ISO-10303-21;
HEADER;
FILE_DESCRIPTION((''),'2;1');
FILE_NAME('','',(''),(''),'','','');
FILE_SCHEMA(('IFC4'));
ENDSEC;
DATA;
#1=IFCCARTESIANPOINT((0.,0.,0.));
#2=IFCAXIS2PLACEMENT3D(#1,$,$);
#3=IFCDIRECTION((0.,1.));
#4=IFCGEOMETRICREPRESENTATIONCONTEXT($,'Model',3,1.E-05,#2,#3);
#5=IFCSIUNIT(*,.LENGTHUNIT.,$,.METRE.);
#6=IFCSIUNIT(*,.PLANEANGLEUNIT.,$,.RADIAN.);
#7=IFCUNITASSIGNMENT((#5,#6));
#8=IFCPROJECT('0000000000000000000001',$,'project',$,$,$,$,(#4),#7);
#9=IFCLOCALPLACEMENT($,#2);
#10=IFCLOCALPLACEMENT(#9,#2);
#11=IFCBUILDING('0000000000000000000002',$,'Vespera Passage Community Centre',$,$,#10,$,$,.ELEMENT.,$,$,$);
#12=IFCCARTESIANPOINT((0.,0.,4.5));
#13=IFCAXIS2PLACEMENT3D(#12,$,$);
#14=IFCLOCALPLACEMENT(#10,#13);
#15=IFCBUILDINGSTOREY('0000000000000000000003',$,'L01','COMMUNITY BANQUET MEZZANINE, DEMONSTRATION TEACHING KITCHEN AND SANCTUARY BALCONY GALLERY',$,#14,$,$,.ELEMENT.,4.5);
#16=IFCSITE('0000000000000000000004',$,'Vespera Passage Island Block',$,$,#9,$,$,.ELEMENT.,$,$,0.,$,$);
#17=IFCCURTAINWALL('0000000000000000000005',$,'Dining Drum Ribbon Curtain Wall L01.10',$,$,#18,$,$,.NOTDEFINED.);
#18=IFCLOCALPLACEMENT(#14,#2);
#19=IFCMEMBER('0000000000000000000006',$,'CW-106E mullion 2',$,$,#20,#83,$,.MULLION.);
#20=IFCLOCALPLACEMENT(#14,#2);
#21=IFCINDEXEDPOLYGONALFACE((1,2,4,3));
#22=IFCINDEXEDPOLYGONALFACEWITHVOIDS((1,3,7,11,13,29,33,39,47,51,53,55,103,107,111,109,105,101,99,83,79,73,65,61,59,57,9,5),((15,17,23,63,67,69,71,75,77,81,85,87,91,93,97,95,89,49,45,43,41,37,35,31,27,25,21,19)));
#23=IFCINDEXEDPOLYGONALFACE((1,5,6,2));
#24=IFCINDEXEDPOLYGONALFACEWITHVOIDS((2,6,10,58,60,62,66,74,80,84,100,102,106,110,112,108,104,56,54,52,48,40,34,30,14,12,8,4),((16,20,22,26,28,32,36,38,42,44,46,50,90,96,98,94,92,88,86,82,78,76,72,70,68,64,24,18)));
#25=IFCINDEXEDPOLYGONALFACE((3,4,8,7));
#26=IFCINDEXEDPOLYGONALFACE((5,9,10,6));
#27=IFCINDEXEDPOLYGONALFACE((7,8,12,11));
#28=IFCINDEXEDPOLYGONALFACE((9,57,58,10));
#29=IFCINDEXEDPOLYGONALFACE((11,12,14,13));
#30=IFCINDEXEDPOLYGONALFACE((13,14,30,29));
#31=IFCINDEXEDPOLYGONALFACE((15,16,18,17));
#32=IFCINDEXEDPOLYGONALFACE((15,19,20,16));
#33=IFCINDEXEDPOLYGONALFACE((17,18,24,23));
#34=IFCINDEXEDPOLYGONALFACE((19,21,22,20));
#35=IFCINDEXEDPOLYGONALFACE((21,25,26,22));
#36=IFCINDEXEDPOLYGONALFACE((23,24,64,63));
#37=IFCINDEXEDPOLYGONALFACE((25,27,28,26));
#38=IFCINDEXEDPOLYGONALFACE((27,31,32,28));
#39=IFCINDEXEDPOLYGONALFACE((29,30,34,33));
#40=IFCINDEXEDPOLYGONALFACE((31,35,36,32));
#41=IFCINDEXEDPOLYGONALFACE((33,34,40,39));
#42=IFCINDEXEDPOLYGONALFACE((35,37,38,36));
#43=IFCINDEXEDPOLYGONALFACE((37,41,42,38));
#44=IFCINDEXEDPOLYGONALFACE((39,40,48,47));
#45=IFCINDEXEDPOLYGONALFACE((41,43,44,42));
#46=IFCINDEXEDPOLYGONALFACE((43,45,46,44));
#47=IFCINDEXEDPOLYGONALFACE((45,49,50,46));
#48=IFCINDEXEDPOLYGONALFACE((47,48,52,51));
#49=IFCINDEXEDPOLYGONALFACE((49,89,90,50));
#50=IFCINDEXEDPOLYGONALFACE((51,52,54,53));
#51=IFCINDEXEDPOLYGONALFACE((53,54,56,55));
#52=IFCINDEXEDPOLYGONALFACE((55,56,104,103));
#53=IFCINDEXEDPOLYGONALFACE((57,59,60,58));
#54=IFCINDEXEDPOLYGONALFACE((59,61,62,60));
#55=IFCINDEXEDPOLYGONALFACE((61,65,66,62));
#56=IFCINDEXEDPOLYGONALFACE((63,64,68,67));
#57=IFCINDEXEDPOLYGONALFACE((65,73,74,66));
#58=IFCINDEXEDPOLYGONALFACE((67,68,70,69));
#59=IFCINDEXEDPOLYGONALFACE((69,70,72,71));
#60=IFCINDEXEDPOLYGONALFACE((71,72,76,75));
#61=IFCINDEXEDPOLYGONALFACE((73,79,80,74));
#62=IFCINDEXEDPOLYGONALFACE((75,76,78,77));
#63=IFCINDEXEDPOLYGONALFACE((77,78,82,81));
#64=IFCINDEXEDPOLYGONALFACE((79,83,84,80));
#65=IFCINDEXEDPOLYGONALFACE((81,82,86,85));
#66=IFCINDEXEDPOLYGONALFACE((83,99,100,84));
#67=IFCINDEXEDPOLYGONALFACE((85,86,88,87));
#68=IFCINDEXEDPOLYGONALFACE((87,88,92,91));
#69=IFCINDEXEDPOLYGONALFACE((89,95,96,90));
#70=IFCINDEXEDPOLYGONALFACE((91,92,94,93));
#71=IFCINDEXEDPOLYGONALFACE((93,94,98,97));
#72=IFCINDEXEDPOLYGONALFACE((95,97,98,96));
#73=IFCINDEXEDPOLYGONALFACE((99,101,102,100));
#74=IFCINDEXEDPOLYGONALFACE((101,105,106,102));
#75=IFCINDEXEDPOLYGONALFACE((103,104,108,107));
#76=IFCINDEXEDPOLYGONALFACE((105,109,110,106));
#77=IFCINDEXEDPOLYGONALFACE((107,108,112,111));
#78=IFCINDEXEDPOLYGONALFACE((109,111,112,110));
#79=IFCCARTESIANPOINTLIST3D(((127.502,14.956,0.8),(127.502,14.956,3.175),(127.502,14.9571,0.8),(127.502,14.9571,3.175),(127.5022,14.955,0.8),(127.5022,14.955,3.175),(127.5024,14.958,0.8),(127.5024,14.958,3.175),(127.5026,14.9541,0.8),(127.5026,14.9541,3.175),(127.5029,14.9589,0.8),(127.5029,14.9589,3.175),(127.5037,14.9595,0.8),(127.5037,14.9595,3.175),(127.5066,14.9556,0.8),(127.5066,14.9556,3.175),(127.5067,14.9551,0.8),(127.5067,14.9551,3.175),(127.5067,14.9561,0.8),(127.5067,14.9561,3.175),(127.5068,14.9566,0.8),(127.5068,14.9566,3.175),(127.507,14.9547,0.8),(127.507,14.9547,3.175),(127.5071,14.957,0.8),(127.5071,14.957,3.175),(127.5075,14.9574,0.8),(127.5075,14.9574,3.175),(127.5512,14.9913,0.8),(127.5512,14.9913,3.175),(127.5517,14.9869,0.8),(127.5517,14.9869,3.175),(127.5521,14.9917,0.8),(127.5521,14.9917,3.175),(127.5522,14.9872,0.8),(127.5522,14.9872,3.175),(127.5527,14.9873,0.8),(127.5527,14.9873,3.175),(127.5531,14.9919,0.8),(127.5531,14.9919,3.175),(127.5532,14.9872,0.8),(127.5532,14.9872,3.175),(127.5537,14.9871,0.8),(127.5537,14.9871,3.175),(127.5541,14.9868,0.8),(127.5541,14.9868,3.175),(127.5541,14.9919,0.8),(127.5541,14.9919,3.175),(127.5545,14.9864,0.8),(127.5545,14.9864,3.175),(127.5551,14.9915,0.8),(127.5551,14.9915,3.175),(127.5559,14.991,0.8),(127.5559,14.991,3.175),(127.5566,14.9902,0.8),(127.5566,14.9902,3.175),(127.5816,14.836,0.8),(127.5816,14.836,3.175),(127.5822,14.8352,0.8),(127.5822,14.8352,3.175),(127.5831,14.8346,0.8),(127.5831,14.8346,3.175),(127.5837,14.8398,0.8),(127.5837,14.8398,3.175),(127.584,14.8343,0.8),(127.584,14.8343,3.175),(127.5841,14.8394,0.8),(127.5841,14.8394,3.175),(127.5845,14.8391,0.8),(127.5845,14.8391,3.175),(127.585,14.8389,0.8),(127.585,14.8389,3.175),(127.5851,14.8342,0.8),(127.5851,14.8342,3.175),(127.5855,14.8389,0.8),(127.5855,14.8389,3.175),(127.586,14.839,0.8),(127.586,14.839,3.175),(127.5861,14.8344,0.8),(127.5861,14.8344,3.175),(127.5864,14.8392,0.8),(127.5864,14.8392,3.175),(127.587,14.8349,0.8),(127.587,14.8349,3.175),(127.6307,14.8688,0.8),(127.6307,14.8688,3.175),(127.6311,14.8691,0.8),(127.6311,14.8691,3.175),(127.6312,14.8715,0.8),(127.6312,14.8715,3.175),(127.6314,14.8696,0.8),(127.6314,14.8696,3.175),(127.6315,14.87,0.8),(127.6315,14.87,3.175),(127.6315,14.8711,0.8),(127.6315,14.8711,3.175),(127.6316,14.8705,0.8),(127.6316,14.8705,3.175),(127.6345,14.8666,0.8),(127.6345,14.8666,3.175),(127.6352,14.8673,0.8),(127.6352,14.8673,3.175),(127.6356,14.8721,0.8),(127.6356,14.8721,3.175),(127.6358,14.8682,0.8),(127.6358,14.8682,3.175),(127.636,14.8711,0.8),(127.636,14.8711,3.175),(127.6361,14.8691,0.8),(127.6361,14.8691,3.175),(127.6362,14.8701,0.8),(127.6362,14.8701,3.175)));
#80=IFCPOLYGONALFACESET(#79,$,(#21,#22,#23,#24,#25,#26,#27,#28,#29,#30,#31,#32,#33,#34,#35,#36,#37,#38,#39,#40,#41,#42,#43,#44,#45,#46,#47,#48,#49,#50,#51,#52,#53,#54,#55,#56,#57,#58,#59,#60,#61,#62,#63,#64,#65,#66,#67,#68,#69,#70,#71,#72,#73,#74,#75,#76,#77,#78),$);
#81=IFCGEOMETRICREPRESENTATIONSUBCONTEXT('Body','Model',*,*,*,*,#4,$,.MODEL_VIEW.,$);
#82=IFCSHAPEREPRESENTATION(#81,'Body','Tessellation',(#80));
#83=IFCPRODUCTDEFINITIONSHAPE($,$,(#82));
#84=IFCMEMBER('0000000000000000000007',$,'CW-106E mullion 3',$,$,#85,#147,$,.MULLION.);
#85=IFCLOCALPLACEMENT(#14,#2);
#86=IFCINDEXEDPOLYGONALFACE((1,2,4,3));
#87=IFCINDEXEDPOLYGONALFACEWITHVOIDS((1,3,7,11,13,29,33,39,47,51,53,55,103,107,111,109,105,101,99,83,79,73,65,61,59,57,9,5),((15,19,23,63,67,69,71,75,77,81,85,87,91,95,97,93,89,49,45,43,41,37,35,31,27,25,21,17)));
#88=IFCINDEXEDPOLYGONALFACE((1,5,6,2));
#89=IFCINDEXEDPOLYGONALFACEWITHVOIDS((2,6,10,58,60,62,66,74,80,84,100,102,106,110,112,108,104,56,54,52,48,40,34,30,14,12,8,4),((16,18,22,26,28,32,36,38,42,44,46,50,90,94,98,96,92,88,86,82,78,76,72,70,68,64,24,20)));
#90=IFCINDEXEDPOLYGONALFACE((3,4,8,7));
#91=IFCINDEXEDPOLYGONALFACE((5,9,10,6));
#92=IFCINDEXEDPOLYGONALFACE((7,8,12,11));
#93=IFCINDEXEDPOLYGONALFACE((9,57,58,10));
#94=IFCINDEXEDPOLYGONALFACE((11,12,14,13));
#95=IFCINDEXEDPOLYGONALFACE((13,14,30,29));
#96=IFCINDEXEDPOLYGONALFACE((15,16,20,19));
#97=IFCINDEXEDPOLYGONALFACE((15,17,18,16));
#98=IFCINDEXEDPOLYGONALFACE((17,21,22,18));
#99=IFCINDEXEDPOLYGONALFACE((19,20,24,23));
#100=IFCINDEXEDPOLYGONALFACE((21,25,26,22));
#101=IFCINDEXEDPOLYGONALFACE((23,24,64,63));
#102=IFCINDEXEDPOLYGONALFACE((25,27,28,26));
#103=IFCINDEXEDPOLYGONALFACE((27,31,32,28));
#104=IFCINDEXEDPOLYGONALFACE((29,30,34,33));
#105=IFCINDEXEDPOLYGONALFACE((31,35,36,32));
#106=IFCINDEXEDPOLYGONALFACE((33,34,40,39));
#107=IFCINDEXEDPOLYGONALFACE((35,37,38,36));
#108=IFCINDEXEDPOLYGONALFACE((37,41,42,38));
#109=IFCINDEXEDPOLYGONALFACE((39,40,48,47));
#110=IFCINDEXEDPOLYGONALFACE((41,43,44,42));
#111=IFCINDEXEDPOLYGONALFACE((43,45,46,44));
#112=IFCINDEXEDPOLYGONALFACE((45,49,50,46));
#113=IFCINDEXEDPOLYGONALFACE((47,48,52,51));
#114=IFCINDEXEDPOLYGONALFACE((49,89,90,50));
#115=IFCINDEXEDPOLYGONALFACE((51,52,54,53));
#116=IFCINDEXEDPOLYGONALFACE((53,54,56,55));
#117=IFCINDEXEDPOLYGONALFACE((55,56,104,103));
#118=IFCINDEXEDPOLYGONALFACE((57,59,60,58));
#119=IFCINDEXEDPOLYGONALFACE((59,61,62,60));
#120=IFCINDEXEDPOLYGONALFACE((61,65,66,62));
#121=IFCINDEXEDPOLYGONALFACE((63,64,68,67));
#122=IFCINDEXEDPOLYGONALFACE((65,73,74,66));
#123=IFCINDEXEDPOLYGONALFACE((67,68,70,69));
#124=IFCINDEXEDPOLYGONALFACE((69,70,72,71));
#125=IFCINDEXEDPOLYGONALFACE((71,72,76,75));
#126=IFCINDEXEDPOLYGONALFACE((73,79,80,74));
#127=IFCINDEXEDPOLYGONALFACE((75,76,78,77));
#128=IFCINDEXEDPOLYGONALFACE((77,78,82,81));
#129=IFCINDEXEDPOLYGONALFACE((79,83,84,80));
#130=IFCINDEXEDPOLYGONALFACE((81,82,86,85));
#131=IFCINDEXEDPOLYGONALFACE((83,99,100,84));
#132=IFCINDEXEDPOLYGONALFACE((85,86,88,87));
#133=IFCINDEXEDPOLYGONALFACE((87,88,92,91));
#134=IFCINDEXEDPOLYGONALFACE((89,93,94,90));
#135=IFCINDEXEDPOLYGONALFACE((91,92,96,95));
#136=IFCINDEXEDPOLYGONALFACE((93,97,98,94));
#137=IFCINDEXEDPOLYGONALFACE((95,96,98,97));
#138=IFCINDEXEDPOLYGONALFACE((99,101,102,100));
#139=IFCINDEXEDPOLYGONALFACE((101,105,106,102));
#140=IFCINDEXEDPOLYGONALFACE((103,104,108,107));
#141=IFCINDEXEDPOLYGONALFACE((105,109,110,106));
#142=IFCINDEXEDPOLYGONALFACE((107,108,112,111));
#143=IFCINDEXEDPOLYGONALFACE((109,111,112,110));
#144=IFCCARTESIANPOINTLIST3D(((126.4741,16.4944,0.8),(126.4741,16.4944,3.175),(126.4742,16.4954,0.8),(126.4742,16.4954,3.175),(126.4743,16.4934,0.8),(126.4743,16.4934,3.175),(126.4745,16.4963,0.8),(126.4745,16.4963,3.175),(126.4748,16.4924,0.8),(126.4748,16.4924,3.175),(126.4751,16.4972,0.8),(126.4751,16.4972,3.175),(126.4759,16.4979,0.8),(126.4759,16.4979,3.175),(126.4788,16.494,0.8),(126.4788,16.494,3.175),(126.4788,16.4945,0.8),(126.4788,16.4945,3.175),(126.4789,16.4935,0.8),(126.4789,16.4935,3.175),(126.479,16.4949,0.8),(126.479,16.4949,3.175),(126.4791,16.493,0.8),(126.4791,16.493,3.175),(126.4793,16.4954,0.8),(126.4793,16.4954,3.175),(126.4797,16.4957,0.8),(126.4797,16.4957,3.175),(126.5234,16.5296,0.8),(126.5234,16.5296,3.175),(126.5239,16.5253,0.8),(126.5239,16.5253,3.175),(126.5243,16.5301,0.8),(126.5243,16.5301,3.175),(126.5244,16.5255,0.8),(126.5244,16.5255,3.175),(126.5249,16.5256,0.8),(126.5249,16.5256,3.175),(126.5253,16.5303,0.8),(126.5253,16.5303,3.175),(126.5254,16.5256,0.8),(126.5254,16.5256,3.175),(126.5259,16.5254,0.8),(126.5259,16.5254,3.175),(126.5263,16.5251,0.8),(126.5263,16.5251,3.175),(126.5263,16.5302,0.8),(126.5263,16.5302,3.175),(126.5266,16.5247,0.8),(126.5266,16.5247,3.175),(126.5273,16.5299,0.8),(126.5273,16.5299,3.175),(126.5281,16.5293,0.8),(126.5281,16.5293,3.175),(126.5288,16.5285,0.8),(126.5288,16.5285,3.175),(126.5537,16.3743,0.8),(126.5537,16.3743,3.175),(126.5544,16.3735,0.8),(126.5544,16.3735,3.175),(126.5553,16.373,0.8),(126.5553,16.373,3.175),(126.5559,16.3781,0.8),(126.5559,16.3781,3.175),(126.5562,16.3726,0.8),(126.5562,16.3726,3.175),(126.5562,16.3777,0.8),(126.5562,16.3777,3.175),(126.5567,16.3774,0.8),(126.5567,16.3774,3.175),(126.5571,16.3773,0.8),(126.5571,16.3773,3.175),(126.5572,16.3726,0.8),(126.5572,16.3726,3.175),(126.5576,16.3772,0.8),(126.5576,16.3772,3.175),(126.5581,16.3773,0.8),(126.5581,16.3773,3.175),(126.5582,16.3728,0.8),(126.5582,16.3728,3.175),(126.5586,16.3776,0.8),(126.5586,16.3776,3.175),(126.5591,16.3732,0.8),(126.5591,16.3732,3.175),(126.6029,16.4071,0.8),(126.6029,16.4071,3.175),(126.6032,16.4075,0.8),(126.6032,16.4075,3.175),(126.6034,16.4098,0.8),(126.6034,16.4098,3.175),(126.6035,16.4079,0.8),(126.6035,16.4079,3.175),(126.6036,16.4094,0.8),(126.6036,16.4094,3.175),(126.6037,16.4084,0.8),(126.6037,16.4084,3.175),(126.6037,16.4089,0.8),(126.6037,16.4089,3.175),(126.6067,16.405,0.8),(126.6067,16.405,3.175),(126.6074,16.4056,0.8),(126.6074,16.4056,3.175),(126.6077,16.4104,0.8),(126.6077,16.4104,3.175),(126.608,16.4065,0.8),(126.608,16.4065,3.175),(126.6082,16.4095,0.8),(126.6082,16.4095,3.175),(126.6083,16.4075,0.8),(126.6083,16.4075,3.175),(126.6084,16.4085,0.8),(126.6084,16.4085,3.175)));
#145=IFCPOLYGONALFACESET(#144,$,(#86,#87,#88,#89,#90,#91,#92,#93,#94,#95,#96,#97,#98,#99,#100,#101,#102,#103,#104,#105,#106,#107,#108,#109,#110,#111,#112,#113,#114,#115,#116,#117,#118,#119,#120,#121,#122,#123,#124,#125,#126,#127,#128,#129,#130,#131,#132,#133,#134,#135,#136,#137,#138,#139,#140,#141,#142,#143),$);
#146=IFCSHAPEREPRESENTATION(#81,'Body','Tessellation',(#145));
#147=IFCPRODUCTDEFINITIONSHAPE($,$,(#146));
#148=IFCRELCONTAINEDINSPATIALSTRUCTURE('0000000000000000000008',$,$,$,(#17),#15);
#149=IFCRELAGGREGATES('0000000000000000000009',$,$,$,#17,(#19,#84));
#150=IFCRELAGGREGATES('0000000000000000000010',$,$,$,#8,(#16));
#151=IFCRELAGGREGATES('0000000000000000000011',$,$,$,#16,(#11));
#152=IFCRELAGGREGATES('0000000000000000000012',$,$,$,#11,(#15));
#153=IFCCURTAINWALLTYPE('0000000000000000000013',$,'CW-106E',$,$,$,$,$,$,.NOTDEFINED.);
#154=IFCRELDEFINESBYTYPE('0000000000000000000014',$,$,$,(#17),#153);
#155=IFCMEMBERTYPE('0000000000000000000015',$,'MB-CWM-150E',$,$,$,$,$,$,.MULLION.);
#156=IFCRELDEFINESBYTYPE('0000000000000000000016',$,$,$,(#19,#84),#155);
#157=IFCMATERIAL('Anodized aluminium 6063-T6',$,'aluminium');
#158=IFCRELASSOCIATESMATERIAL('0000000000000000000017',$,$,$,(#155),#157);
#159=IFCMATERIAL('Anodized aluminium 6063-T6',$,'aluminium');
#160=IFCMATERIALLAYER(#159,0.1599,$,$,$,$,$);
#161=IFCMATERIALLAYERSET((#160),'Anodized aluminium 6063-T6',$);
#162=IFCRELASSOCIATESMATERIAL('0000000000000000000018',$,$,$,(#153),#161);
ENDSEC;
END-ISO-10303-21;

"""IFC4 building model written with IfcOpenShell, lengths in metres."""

from ifc_helpers import new_model, si_unit, direction, frame, origin, origin_2d, place, context, subcontext, project, spatial, hollow_rectangle, extrude, material, layer, layer_set, material_profile, profile_set, type_object, element, aggregate, save


model = new_model("IFC4")

# Units and contexts
model_context = context("Model", 3, precision=1e-05, world=origin(), true_north=direction((0.0, 1.0)))
body_context = subcontext(model_context, "Body", "Model", "MODEL_VIEW")
ifc_project = project(units=[si_unit("LENGTHUNIT", "METRE"), si_unit("PLANEANGLEUNIT", "RADIAN")], contexts=[model_context])

# Site, building, storey
site_placement = place(None, origin())
site = spatial("IfcSite", under=ifc_project, at=site_placement, Name="Vespera Passage Island Block", CompositionType="ELEMENT", RefElevation=0.0)
building_placement = place(site_placement, origin())
building = spatial("IfcBuilding", under=site, at=building_placement, Name="Vespera Passage Community Centre", CompositionType="ELEMENT")
storey_placement = place(building_placement, frame((0.0, 0.0, 4.5)))
storey = spatial("IfcBuildingStorey", under=building, at=storey_placement, Name="L01", Description="COMMUNITY BANQUET MEZZANINE, DEMONSTRATION TEACHING KITCHEN AND SANCTUARY BALCONY GALLERY", CompositionType="ELEMENT", Elevation=4.5)

# Shared definitions
ifc_material_1 = material(Name="Anodized aluminium 6063-T6", Category="aluminium")
ifc_material_profile_1 = material_profile(ifc_material_1, hollow_rectangle(XDim=0.0649, YDim=0.1499, WallThickness=0.0039, InnerFilletRadius=0.002, OuterFilletRadius=0.0039, at=origin_2d()), Name="ALU150X65X4")
ifc_profile_set_1 = profile_set([ifc_material_profile_1], Name="Anodized aluminium 6063-T6")
member_type_1 = type_object("IfcMemberType", Name="MB-CWM-150E", PredefinedType="MULLION", material=ifc_profile_set_1)

# Curtain wall, members
ifc_material_2 = material(Name="Anodized aluminium 6063-T6", Category="aluminium")
ifc_layer_1 = layer(ifc_material_2, 0.1599)
ifc_layer_set_1 = layer_set([ifc_layer_1], Name="Anodized aluminium 6063-T6")
curtain_wall_type_1 = type_object("IfcCurtainWallType", Name="CW-106E", PredefinedType="NOTDEFINED", material=ifc_layer_set_1)
curtain_wall_1_placement = place(storey_placement, origin())
curtain_wall_1 = element("IfcCurtainWall", 1, at=curtain_wall_1_placement, inside=storey, type_object=curtain_wall_type_1, Name="Dining Drum Ribbon Curtain Wall L01.10", PredefinedType="NOTDEFINED")
member_1_placement = place(storey_placement, frame((127.5691, 14.9131, 0.8), z_axis=(0.0, 0.0, 1.0), x_axis=(-0.831473, -0.555565, 0.0)))
member_1 = element("IfcMember", 2, at=member_1_placement, type_object=member_type_1, Name="CW-106E mullion 2", PredefinedType="MULLION", context=body_context, shape_type="SweptSolid", body=[
    extrude(hollow_rectangle(XDim=0.0649, YDim=0.1499, WallThickness=0.0039, InnerFilletRadius=0.002, OuterFilletRadius=0.0039, at=origin_2d()), origin(), (0.0, 0.0, 1.0), 2.375),
])
member_2_placement = place(storey_placement, frame((126.5413, 16.4514, 0.8), z_axis=(0.0, 0.0, 1.0), x_axis=(-0.831473, -0.555565, 0.0)))
member_2 = element("IfcMember", 3, at=member_2_placement, type_object=member_type_1, Name="CW-106E mullion 3", PredefinedType="MULLION", context=body_context, shape_type="SweptSolid", body=[
    extrude(hollow_rectangle(XDim=0.0649, YDim=0.1499, WallThickness=0.0039, InnerFilletRadius=0.002, OuterFilletRadius=0.0039, at=origin_2d()), origin(), (0.0, 0.0, 1.0), 2.375),
])

aggregate(curtain_wall_1, [member_1, member_2])

save(model, "model.ifc")
